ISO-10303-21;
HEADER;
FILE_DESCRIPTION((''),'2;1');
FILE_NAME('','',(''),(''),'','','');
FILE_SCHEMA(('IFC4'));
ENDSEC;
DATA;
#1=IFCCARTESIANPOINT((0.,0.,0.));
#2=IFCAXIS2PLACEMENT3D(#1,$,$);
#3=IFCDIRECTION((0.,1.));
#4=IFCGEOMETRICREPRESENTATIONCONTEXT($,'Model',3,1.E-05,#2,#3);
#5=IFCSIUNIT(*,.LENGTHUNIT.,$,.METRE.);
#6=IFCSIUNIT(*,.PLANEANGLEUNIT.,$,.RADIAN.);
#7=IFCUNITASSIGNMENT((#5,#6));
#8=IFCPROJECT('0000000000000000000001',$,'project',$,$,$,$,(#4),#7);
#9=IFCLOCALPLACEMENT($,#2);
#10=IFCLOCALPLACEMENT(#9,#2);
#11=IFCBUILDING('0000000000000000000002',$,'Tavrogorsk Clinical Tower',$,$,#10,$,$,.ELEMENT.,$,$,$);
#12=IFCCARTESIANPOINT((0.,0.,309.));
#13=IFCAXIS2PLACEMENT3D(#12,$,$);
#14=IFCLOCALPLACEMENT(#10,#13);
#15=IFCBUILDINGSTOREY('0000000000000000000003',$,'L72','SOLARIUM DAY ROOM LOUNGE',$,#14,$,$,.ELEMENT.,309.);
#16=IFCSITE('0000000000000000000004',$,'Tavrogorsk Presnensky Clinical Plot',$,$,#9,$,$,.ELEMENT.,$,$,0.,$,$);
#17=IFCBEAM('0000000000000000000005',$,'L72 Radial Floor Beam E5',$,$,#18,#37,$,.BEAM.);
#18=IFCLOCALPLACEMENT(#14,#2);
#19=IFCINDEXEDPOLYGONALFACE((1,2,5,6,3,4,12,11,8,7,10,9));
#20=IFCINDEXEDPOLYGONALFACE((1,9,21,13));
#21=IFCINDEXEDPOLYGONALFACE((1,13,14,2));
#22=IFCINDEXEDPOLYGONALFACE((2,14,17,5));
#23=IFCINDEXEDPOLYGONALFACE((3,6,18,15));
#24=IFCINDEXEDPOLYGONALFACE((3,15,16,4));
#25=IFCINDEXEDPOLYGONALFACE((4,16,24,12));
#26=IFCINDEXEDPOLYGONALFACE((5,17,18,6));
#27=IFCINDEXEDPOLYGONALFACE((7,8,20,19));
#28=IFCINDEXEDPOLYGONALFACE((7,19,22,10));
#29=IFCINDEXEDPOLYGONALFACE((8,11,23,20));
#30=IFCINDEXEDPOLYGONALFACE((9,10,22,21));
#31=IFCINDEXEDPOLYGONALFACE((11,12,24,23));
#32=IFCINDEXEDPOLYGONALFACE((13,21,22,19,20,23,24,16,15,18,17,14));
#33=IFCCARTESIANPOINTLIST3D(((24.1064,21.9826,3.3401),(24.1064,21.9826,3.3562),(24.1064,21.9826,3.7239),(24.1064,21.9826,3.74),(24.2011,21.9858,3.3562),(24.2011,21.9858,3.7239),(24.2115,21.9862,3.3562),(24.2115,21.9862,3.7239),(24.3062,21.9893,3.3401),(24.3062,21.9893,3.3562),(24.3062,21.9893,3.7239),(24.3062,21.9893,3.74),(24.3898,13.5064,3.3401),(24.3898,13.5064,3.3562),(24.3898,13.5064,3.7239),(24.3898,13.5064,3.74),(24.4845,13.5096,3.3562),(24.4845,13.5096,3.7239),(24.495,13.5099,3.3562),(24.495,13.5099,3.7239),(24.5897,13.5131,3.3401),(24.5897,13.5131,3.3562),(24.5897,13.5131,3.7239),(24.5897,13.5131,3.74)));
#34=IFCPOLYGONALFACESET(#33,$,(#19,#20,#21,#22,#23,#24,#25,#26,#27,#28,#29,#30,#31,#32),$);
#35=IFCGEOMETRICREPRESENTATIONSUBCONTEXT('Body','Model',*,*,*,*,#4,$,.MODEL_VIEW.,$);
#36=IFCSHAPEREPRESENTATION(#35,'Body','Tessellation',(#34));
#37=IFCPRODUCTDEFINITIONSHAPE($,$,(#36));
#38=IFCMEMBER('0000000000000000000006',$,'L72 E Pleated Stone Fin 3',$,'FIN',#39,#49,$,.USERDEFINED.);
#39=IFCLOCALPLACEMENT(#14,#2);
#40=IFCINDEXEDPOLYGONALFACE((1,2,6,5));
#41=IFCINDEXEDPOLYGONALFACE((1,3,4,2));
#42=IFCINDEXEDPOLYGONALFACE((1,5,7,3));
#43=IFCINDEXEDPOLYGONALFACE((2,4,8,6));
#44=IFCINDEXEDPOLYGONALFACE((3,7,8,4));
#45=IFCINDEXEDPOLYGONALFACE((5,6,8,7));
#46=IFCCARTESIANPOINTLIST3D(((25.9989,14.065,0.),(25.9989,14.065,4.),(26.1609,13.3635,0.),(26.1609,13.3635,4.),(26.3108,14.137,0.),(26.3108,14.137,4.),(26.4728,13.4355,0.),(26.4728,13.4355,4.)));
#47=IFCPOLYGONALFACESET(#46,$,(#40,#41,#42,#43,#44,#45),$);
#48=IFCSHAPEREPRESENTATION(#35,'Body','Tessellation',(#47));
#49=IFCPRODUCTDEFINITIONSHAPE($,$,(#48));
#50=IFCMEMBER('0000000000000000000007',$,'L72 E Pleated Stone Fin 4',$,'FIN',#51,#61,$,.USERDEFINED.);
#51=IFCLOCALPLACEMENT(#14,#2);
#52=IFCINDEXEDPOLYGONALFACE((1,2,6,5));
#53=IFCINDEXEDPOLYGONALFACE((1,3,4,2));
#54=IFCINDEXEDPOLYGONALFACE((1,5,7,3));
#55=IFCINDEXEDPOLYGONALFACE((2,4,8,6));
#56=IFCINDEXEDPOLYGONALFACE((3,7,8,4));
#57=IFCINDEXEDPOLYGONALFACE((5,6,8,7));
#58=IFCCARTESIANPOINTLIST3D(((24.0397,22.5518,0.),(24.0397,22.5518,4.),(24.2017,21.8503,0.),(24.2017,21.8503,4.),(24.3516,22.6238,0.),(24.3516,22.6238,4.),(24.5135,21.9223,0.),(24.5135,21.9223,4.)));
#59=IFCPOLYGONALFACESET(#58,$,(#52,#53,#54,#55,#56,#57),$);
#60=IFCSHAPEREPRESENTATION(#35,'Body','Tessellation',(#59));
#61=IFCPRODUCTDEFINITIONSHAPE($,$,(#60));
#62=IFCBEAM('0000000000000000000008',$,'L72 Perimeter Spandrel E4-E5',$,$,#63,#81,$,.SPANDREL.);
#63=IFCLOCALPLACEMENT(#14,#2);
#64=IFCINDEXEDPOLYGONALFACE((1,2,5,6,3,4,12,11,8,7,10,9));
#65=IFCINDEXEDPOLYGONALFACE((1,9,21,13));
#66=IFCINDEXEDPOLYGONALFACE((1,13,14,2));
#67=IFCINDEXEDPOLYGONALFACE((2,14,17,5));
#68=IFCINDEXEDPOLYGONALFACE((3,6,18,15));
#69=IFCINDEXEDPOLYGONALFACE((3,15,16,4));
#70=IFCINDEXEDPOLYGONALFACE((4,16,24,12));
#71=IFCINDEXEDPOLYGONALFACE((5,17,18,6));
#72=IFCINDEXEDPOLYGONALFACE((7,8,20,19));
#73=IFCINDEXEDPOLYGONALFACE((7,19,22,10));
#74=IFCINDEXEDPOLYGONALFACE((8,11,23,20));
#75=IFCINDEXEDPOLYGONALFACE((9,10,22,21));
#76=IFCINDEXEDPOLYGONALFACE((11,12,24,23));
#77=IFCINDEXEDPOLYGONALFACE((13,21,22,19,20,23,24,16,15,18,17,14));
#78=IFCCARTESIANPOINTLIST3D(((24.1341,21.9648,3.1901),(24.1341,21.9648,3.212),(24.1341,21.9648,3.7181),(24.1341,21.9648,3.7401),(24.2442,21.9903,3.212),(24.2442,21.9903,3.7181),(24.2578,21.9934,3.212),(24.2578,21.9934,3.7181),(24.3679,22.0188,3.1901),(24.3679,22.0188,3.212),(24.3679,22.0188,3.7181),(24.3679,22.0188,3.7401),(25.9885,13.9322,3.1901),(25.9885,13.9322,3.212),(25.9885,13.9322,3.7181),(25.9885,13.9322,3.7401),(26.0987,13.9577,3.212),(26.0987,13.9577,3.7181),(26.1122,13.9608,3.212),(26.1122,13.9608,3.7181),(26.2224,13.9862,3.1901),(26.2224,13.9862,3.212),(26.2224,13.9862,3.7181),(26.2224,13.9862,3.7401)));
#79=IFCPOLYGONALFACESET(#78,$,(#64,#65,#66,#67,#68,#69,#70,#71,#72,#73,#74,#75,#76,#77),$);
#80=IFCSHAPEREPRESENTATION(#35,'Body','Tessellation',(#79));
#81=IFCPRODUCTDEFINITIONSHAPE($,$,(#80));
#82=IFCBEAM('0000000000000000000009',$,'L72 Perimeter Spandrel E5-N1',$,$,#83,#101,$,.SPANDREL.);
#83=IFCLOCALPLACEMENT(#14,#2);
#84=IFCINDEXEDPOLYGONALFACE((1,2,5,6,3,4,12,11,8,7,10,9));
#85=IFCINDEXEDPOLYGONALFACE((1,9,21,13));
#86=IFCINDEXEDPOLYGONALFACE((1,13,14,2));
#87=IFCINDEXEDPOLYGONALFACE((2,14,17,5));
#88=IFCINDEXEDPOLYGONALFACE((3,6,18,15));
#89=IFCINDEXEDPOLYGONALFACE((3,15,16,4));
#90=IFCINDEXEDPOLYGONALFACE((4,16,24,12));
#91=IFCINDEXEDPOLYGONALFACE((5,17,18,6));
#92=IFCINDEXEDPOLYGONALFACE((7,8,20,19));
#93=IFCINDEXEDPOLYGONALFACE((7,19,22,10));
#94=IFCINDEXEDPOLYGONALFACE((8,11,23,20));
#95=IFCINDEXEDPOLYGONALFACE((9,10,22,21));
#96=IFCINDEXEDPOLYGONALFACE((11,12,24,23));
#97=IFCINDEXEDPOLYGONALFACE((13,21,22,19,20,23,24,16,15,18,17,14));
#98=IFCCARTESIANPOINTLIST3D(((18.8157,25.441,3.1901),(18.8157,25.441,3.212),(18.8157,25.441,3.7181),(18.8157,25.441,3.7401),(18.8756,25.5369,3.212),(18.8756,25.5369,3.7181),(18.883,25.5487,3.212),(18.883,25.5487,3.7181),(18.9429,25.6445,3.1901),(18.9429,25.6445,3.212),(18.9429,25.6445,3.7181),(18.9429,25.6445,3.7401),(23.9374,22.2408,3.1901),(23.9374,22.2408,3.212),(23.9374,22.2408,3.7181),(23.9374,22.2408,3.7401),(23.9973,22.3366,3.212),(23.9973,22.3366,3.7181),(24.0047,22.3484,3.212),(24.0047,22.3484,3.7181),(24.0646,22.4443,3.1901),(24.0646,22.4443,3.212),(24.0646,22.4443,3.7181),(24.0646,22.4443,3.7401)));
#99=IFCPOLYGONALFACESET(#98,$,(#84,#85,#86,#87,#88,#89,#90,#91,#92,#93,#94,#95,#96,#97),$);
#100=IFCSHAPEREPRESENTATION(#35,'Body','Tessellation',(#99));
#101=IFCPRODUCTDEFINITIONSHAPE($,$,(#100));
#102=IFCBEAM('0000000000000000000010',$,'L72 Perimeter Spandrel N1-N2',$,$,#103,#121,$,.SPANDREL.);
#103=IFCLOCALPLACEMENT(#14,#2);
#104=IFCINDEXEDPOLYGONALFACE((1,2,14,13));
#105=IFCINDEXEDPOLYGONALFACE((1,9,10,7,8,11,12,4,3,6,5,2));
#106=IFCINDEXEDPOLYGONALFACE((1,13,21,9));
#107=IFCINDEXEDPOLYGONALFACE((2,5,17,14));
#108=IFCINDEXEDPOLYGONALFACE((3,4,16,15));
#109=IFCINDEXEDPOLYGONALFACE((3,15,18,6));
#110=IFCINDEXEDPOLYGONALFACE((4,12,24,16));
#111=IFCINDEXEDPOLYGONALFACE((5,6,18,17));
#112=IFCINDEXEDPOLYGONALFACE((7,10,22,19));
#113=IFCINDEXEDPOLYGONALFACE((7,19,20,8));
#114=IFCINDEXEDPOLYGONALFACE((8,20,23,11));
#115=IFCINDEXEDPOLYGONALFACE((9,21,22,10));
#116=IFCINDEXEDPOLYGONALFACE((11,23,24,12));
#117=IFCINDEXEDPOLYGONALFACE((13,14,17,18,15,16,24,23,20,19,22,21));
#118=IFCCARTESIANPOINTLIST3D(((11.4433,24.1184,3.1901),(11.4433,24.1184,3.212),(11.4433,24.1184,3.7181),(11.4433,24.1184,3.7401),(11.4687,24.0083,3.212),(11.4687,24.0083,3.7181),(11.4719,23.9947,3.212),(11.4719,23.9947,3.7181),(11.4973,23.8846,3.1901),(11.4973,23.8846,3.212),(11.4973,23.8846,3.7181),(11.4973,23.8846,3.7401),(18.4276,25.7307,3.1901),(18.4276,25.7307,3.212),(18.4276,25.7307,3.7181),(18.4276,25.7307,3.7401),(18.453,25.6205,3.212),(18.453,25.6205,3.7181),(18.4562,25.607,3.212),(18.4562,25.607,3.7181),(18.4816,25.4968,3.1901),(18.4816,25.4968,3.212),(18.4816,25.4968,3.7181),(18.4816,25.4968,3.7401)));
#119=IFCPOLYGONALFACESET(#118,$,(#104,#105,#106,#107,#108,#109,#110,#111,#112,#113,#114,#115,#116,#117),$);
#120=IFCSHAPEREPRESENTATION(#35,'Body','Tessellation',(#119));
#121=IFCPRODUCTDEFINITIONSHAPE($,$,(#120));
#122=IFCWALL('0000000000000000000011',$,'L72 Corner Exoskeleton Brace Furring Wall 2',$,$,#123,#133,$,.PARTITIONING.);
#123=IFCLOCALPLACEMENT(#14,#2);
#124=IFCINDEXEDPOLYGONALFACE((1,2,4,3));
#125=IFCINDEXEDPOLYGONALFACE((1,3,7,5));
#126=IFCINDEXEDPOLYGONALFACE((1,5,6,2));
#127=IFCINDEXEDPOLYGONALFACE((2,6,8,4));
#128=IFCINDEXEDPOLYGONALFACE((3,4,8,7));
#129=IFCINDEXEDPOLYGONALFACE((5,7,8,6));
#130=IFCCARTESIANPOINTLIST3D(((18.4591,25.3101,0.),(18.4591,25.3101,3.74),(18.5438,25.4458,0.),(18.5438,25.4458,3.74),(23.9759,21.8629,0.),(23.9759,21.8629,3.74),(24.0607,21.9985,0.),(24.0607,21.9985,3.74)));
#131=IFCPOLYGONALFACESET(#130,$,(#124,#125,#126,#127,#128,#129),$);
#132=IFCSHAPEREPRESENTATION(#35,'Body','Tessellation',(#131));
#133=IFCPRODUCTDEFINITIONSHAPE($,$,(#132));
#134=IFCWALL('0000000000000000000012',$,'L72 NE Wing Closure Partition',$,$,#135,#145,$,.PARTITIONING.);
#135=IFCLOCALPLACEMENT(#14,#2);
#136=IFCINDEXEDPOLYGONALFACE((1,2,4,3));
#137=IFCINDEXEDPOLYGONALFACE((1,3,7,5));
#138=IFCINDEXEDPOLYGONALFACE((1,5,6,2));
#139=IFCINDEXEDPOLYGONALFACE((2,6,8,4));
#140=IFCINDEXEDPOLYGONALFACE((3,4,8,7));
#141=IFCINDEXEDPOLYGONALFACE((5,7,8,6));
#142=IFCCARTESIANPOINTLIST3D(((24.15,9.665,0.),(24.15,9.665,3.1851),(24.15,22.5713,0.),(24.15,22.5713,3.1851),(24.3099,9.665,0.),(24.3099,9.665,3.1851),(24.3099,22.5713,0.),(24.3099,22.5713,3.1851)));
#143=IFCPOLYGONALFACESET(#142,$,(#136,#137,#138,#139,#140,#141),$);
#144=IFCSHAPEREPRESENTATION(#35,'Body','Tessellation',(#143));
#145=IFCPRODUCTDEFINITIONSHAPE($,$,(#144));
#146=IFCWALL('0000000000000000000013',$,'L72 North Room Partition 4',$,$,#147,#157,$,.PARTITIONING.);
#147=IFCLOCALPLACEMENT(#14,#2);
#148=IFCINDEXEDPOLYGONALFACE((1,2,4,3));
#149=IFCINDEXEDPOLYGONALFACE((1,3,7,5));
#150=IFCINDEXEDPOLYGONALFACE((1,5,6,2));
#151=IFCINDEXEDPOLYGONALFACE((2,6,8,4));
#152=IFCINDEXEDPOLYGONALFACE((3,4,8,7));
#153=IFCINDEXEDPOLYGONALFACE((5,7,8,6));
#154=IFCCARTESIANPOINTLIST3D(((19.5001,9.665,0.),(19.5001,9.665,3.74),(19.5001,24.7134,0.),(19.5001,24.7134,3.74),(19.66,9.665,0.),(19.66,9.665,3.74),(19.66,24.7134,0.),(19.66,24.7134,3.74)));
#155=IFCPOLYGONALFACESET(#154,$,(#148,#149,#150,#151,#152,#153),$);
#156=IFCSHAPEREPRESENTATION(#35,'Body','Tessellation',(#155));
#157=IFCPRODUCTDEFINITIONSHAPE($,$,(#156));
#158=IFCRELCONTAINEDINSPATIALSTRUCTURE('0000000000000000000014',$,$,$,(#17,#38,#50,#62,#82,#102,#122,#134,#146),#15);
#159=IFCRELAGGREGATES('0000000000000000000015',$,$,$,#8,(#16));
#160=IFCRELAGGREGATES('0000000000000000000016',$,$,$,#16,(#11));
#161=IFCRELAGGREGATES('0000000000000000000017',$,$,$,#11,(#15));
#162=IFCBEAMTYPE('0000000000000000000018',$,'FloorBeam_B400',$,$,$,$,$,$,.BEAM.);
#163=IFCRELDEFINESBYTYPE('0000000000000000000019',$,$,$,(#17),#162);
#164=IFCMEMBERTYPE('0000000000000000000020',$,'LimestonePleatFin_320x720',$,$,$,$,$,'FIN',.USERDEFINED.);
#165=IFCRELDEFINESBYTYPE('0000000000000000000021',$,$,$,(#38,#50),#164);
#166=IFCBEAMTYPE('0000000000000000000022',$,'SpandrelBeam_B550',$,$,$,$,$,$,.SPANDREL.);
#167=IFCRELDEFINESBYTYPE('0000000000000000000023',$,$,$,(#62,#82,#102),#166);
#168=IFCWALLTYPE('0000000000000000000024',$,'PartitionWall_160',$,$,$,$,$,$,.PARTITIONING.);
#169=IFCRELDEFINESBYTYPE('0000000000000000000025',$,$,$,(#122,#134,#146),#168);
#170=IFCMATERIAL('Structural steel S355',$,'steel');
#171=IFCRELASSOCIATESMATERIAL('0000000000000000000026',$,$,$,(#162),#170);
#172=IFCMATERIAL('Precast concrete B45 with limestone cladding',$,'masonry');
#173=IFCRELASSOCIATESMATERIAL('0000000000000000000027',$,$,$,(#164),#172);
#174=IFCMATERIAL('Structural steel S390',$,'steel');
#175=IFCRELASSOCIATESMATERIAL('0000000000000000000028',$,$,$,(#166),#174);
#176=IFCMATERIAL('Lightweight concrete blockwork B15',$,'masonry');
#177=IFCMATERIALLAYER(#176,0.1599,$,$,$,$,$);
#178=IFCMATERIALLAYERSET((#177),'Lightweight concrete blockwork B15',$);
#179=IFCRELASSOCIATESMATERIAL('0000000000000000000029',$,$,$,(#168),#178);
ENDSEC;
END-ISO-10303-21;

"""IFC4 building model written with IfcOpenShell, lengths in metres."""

from ifc_helpers import new_model, si_unit, direction, frame, frame_2d, origin, origin_2d, place, context, subcontext, project, spatial, rectangle, i_section, extrude, material, layer, layer_set, material_profile, profile_set, type_object, element, save


model = new_model("IFC4")

# Units and contexts
model_context = context("Model", 3, precision=1e-05, world=origin(), true_north=direction((0.0, 1.0)))
body_context = subcontext(model_context, "Body", "Model", "MODEL_VIEW")
ifc_project = project(units=[si_unit("LENGTHUNIT", "METRE"), si_unit("PLANEANGLEUNIT", "RADIAN")], contexts=[model_context])

# Site, building, storey
site_placement = place(None, origin())
site = spatial("IfcSite", under=ifc_project, at=site_placement, Name="Tavrogorsk Presnensky Clinical Plot", CompositionType="ELEMENT", RefElevation=0.0)
building_placement = place(site_placement, origin())
building = spatial("IfcBuilding", under=site, at=building_placement, Name="Tavrogorsk Clinical Tower", CompositionType="ELEMENT")
storey_placement = place(building_placement, frame((0.0, 0.0, 309.0)))
storey = spatial("IfcBuildingStorey", under=building, at=storey_placement, Name="L72", Description="SOLARIUM DAY ROOM LOUNGE", CompositionType="ELEMENT", Elevation=309.0)

# Beam
ifc_material_1 = material(Name="Structural steel S355", Category="steel")
ifc_material_profile_1 = material_profile(ifc_material_1, i_section(OverallWidth=0.2, OverallDepth=0.3999, WebThickness=0.0105, FlangeThickness=0.0161, at=origin_2d()), Name="B-400x200x10.5x16")
ifc_profile_set_1 = profile_set([ifc_material_profile_1], Name="Structural steel S355")
beam_type_1 = type_object("IfcBeamType", Name="FloorBeam_B400", PredefinedType="BEAM", material=ifc_profile_set_1)
beam_1_placement = place(storey_placement, frame((24.4897, 13.5098, 3.54), z_axis=(-0.033421, 0.999441, 0.0), x_axis=(-0.999441, -0.033421, 0.0)))
element("IfcBeam", 1, at=beam_1_placement, inside=storey, type_object=beam_type_1, Name="L72 Radial Floor Beam E5", PredefinedType="BEAM", context=body_context, shape_type="SweptSolid", body=[
    extrude(i_section(OverallWidth=0.2, OverallDepth=0.3999, WebThickness=0.0105, FlangeThickness=0.0161, at=origin_2d()), origin(), (0.0, 0.0, 1.0), 8.481),
])

# Members
ifc_material_2 = material(Name="Precast concrete B45 with limestone cladding", Category="masonry")
ifc_material_profile_2 = material_profile(ifc_material_2, rectangle(XDim=0.3201, YDim=0.72, at=origin_2d()), Name="LIMESTONE-FIN-320x720")
ifc_profile_set_2 = profile_set([ifc_material_profile_2], Name="Precast concrete B45 with limestone cladding")
member_type_1 = type_object("IfcMemberType", Name="LimestonePleatFin_320x720", ElementType="FIN", PredefinedType="USERDEFINED", material=ifc_profile_set_2)
for number, where, z_axis, x_axis, name in (
    (2, (26.2358, 13.7502, 0.0), (0.0, 0.0, 1.0), (0.97437, 0.224951, 0.0), "L72 E Pleated Stone Fin 3"),
    (3, (24.2766, 22.2371, 0.0), (0.0, 0.0, 1.0), (0.97437, 0.224951, 0.0), "L72 E Pleated Stone Fin 4"),
):
    element("IfcMember", number, at=place(storey_placement, frame(where, z_axis=z_axis, x_axis=x_axis)), inside=storey, type_object=member_type_1, Name=name, ObjectType="FIN", PredefinedType="USERDEFINED", context=body_context, shape_type="SweptSolid", body=[
        extrude(rectangle(XDim=0.3201, YDim=0.72, at=origin_2d()), origin(), (0.0, 0.0, 1.0), 4.0),
    ])

# Beams
ifc_material_3 = material(Name="Structural steel S390", Category="steel")
ifc_material_profile_3 = material_profile(ifc_material_3, i_section(OverallWidth=0.24, OverallDepth=0.55, WebThickness=0.0139, FlangeThickness=0.022, at=origin_2d()), Name="B-550x240x14x22")
ifc_profile_set_3 = profile_set([ifc_material_profile_3], Name="Structural steel S390")
beam_type_2 = type_object("IfcBeamType", Name="SpandrelBeam_B550", PredefinedType="SPANDREL", material=ifc_profile_set_3)
beam_2_placement = place(storey_placement, frame((26.1055, 13.9592, 3.4651), z_axis=(-0.22495, 0.97437, 0.0), x_axis=(-0.97437, -0.22495, 0.0)))
element("IfcBeam", 4, at=beam_2_placement, inside=storey, type_object=beam_type_2, Name="L72 Perimeter Spandrel E4-E5", PredefinedType="SPANDREL", context=body_context, shape_type="SweptSolid", body=[
    extrude(i_section(OverallWidth=0.24, OverallDepth=0.55, WebThickness=0.0139, FlangeThickness=0.022, at=origin_2d()), origin(), (0.0, 0.0, 1.0), 8.2439),
])
beam_3_placement = place(storey_placement, frame((24.001, 22.3425, 3.4651), z_axis=(-0.848057, 0.529904, 0.0), x_axis=(-0.529904, -0.848057, 0.0)))
element("IfcBeam", 5, at=beam_3_placement, inside=storey, type_object=beam_type_2, Name="L72 Perimeter Spandrel E5-N1", PredefinedType="SPANDREL", context=body_context, shape_type="SweptSolid", body=[
    extrude(i_section(OverallWidth=0.24, OverallDepth=0.55, WebThickness=0.0139, FlangeThickness=0.022, at=origin_2d()), origin(), (0.0, 0.0, 1.0), 6.0393),
])
beam_4_placement = place(storey_placement, frame((18.4546, 25.6138, 3.4651), z_axis=(-0.974375, -0.224929, 0.0), x_axis=(0.224929, -0.974375, 0.0)))
element("IfcBeam", 6, at=beam_4_placement, inside=storey, type_object=beam_type_2, Name="L72 Perimeter Spandrel N1-N2", PredefinedType="SPANDREL", context=body_context, shape_type="SweptSolid", body=[
    extrude(i_section(OverallWidth=0.24, OverallDepth=0.55, WebThickness=0.0139, FlangeThickness=0.022, at=origin_2d()), origin(), (0.0, 0.0, 1.0), 7.168),
])

# Walls
ifc_material_4 = material(Name="Lightweight concrete blockwork B15", Category="masonry")
ifc_layer_1 = layer(ifc_material_4, 0.1599)
ifc_layer_set_1 = layer_set([ifc_layer_1], Name="Lightweight concrete blockwork B15")
wall_type_1 = type_object("IfcWallType", Name="PartitionWall_160", PredefinedType="PARTITIONING", material=ifc_layer_set_1)
wall_1_placement = place(storey_placement, frame((24.0183, 21.9307, 0.0), z_axis=(0.0, 0.0, 1.0), x_axis=(-0.848051, 0.529915, 0.0)))
element("IfcWall", 7, at=wall_1_placement, inside=storey, type_object=wall_type_1, Name="L72 Corner Exoskeleton Brace Furring Wall 2", PredefinedType="PARTITIONING", context=body_context, shape_type="SweptSolid", body=[
    extrude(rectangle(XDim=6.5054, YDim=0.1599, at=frame_2d((3.2527, 0.0))), origin(), (0.0, 0.0, 1.0), 3.74),
])
wall_2_placement = place(storey_placement, frame((24.23, 9.665, 0.0), z_axis=(0.0, 0.0, 1.0), x_axis=(0.0, 1.0, 0.0)))
element("IfcWall", 8, at=wall_2_placement, inside=storey, type_object=wall_type_1, Name="L72 NE Wing Closure Partition", PredefinedType="PARTITIONING", context=body_context, shape_type="SweptSolid", body=[
    extrude(rectangle(XDim=12.9062, YDim=0.1599, at=frame_2d((6.4531, 0.0))), origin(), (0.0, 0.0, 1.0), 3.1851),
])
wall_3_placement = place(storey_placement, frame((19.5801, 9.665, 0.0), z_axis=(0.0, 0.0, 1.0), x_axis=(0.0, 1.0, 0.0)))
element("IfcWall", 9, at=wall_3_placement, inside=storey, type_object=wall_type_1, Name="L72 North Room Partition 4", PredefinedType="PARTITIONING", context=body_context, shape_type="SweptSolid", body=[
    extrude(rectangle(XDim=15.0483, YDim=0.1599, at=frame_2d((7.5242, 0.0))), origin(), (0.0, 0.0, 1.0), 3.74),
])

save(model, "model.ifc")
